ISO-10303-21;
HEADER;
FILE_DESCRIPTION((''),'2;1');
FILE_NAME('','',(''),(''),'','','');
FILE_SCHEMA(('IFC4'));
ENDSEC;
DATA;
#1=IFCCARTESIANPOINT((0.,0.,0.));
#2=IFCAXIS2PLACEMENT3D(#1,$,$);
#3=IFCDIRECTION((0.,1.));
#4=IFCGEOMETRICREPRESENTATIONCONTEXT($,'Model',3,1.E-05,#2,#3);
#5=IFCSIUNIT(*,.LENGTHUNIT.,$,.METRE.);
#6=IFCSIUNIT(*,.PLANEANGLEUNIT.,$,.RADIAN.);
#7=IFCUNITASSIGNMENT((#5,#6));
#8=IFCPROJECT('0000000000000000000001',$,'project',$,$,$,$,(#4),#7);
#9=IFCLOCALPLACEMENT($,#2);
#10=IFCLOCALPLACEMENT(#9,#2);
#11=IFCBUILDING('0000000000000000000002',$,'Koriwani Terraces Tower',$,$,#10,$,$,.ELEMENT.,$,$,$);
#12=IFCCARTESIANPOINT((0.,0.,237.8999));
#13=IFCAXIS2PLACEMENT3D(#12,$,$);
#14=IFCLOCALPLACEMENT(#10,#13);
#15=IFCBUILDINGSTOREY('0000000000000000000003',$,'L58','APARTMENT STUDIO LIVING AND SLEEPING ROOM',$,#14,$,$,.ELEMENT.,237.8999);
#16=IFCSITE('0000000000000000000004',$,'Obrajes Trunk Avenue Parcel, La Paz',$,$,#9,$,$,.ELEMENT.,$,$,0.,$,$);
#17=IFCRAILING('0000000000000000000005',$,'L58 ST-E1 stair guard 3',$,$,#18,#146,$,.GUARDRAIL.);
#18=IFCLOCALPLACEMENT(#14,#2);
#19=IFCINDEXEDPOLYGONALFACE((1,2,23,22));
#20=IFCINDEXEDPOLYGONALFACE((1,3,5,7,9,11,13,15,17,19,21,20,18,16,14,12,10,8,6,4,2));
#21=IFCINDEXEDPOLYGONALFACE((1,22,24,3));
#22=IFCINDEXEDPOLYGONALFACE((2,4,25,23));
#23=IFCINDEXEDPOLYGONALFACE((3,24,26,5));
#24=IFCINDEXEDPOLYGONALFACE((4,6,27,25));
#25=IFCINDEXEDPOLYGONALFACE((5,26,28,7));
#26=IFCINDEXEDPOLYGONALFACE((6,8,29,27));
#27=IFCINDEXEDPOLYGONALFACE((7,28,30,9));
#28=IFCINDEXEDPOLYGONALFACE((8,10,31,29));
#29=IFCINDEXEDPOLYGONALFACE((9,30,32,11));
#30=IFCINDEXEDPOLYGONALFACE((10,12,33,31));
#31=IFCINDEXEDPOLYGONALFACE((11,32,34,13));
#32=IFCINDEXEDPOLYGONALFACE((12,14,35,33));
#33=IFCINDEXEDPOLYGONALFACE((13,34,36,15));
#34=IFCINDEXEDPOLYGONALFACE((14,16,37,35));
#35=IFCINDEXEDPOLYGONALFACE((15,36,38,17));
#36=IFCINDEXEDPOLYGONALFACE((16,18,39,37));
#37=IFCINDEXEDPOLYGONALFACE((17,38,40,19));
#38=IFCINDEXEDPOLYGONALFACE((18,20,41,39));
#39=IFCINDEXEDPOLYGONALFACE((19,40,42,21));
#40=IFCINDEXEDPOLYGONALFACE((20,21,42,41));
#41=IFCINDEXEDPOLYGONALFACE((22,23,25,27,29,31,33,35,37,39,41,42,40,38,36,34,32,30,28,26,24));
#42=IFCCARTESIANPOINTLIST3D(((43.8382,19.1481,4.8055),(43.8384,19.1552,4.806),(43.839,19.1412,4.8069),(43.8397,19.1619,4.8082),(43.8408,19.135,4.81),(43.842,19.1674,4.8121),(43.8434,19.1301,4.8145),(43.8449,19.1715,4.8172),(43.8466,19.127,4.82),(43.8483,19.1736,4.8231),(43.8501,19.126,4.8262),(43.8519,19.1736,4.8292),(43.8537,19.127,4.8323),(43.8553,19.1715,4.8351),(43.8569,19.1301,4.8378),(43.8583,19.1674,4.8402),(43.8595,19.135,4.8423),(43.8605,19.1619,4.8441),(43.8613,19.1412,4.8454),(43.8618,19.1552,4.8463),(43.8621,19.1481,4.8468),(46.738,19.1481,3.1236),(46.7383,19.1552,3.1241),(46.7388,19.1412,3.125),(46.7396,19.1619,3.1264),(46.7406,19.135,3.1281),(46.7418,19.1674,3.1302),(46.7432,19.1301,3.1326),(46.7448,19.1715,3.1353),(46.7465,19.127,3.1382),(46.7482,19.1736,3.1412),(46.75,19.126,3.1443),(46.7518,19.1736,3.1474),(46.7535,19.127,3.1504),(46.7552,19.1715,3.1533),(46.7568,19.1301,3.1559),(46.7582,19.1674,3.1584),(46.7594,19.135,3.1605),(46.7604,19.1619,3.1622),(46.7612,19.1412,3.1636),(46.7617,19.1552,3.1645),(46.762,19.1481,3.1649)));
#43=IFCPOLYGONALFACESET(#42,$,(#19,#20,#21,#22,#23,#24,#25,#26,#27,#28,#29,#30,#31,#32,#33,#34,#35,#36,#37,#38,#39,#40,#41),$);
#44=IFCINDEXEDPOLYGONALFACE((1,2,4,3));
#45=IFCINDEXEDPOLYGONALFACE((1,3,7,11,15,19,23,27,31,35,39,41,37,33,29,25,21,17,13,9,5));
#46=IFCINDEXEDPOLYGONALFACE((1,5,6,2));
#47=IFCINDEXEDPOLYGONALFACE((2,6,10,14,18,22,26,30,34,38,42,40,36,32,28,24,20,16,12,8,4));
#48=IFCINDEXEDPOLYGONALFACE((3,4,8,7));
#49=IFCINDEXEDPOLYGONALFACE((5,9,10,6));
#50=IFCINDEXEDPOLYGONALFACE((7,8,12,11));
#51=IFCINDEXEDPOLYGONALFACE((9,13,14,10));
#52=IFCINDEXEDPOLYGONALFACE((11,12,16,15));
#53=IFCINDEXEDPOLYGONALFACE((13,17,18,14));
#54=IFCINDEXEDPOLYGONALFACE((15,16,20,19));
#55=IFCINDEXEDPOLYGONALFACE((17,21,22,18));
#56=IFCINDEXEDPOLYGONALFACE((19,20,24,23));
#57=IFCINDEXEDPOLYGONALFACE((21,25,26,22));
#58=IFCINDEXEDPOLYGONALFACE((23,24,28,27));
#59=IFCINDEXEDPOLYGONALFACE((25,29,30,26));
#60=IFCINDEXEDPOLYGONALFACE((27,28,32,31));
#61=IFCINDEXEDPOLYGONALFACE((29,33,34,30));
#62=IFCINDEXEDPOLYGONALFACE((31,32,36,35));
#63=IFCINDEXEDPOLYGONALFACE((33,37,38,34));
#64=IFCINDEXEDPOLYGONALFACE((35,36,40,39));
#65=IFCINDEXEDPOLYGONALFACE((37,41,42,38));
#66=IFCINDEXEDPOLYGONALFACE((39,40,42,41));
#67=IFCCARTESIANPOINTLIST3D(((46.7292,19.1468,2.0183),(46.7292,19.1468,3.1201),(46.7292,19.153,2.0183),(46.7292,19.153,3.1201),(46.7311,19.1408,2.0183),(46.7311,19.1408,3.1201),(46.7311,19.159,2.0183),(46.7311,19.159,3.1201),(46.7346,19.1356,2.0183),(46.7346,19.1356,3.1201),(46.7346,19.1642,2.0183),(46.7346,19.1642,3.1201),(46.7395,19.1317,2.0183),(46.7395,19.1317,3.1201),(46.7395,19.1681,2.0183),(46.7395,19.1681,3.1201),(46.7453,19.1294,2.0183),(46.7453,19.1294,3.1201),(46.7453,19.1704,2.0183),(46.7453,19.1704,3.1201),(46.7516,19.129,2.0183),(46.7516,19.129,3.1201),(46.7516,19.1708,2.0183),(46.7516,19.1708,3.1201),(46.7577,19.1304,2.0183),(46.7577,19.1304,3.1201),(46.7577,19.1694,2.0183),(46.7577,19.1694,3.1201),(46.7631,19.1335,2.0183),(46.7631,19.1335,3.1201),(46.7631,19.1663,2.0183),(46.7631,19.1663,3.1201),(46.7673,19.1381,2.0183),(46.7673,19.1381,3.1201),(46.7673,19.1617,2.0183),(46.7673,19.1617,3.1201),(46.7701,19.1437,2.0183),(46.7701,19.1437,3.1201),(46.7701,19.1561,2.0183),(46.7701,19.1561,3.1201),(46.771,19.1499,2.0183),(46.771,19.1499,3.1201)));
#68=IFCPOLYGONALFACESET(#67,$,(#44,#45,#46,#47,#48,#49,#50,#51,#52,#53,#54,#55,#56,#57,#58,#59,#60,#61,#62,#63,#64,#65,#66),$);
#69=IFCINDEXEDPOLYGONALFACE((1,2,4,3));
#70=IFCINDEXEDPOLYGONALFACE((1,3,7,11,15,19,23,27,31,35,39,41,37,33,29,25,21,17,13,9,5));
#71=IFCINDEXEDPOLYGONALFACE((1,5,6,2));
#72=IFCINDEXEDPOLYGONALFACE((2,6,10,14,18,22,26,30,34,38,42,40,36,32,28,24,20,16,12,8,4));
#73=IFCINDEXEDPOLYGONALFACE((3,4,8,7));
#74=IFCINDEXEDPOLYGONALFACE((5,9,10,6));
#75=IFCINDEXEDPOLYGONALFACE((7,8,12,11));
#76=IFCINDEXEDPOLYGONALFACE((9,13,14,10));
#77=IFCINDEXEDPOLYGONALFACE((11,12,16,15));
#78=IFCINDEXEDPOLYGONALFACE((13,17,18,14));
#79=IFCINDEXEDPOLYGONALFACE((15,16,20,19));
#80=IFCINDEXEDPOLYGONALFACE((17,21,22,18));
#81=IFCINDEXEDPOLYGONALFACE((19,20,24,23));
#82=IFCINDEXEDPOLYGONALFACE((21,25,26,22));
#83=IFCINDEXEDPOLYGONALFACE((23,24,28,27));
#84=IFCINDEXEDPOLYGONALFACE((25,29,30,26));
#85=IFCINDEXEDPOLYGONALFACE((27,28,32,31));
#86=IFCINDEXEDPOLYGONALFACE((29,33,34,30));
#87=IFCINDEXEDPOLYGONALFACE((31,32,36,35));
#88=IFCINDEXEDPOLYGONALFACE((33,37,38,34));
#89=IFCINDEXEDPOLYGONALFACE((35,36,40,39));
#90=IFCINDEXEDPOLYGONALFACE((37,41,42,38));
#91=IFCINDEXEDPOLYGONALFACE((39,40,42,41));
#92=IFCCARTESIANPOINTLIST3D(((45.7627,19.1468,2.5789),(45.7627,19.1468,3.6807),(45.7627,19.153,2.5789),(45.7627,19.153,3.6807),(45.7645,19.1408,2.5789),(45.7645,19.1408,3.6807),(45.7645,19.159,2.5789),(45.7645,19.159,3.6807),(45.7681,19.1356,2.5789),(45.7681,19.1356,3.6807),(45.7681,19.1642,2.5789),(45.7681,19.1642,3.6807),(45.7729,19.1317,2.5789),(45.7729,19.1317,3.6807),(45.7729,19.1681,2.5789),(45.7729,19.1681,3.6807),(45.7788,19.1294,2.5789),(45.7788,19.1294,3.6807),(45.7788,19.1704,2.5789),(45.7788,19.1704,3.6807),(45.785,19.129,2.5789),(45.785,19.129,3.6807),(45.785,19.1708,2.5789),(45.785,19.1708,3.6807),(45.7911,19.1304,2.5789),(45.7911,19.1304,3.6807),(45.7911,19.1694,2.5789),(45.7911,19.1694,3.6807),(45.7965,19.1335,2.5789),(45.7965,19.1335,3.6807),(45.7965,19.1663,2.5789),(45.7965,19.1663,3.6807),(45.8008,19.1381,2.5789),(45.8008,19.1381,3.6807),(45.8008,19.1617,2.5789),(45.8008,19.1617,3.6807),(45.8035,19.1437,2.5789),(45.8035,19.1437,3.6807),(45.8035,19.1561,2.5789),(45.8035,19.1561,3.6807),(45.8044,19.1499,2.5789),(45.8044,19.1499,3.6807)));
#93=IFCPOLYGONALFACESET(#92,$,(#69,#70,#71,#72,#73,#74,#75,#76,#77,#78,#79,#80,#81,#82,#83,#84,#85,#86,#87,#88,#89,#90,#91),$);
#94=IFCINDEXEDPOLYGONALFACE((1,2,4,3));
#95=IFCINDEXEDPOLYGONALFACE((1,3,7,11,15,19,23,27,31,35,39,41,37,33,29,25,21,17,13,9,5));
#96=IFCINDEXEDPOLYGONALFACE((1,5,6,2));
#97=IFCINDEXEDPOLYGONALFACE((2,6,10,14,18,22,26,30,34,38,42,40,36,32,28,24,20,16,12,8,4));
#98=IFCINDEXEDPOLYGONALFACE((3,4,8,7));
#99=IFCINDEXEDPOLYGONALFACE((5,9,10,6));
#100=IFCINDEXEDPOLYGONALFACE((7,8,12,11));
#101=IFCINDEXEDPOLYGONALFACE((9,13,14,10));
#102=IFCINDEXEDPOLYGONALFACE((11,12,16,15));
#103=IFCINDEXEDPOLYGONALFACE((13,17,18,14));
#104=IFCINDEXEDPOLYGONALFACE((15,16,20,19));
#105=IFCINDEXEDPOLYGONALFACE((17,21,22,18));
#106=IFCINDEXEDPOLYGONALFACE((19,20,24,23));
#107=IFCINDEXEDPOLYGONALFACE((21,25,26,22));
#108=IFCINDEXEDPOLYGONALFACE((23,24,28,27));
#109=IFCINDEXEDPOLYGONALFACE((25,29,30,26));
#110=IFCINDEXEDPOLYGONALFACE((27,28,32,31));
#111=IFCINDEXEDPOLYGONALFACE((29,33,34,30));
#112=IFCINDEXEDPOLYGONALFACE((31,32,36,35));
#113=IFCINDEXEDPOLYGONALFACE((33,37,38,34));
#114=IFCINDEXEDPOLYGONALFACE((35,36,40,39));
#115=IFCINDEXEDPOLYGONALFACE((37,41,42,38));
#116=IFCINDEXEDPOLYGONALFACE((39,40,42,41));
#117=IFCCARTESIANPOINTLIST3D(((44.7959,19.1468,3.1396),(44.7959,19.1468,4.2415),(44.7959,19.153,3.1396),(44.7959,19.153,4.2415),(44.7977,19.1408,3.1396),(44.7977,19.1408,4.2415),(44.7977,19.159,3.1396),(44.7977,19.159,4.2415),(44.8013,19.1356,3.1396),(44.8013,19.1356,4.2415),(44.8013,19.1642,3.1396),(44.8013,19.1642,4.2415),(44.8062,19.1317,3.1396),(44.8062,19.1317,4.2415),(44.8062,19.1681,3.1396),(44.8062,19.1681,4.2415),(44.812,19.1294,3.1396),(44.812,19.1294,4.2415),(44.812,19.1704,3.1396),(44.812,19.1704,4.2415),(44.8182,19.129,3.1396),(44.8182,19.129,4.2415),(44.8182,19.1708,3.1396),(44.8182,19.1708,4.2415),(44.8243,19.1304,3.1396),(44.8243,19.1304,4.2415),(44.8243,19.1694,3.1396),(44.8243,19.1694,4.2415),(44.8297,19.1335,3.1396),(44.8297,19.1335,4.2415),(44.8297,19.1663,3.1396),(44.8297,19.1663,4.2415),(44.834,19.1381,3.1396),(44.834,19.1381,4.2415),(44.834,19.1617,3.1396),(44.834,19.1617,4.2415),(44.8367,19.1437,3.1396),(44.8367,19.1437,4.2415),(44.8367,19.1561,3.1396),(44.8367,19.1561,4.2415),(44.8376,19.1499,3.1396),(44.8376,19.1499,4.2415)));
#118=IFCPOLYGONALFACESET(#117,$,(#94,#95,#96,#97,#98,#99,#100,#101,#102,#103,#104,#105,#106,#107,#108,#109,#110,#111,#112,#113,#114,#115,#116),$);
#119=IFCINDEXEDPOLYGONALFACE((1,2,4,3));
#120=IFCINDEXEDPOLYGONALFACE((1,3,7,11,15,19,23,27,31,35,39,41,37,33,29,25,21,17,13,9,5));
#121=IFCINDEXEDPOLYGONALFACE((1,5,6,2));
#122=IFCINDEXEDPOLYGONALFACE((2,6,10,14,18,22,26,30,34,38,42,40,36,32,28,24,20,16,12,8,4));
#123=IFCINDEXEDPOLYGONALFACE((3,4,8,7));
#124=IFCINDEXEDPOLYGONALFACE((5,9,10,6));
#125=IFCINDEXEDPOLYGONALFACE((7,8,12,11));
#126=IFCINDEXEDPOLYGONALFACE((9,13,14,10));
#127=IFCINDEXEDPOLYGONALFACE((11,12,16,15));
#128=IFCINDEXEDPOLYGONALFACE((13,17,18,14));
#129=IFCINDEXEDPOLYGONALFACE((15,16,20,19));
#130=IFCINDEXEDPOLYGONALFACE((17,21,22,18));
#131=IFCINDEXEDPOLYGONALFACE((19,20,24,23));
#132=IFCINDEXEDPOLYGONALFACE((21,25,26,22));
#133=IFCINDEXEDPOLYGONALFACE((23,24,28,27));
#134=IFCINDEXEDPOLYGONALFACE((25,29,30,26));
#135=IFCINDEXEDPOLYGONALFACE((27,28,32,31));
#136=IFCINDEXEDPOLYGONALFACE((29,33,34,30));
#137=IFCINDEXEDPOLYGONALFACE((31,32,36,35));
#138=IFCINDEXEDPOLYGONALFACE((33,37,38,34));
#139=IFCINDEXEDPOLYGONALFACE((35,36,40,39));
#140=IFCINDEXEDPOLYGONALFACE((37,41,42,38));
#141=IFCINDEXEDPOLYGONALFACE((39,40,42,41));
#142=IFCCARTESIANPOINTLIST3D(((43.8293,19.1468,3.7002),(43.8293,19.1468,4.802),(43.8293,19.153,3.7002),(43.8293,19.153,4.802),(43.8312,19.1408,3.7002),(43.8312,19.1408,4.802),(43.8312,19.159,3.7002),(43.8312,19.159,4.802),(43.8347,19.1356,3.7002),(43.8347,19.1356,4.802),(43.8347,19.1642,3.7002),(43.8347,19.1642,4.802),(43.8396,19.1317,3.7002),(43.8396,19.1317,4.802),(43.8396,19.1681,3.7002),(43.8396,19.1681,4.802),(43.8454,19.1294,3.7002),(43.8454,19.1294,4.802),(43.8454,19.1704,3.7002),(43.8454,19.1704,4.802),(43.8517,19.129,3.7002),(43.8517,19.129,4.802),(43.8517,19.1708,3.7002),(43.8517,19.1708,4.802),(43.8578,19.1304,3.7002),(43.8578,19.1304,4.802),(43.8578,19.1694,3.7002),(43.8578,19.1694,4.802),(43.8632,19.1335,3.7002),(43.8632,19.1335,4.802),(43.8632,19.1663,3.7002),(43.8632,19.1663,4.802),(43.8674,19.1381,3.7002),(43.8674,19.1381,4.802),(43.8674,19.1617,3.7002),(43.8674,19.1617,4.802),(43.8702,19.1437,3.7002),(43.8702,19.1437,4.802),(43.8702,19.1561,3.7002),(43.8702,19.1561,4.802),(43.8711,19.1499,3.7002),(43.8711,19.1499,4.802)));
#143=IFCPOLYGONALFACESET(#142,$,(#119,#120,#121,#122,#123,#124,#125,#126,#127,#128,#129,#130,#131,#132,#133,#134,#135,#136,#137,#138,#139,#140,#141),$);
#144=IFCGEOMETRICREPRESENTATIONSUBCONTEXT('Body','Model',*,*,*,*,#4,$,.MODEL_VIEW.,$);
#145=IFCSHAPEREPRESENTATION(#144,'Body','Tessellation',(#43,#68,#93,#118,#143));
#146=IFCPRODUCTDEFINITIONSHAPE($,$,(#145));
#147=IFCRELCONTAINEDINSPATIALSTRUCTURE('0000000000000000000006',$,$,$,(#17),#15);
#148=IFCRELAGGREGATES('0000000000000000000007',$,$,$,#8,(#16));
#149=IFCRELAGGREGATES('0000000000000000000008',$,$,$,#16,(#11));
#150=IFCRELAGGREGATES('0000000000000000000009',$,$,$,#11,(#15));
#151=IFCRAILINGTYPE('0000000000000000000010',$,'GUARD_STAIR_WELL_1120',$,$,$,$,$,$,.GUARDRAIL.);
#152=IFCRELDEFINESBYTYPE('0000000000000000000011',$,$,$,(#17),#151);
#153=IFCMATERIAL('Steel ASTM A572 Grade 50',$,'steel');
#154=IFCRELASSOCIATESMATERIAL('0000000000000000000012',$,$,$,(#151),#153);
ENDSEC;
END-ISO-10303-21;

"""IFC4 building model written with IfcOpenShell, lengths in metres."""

from ifc_helpers import new_model, si_unit, direction, frame, origin, origin_2d, place, context, subcontext, project, spatial, circle, extrude, material, type_object, element, save


model = new_model("IFC4")

# Units and contexts
model_context = context("Model", 3, precision=1e-05, world=origin(), true_north=direction((0.0, 1.0)))
body_context = subcontext(model_context, "Body", "Model", "MODEL_VIEW")
ifc_project = project(units=[si_unit("LENGTHUNIT", "METRE"), si_unit("PLANEANGLEUNIT", "RADIAN")], contexts=[model_context])

# Site, building, storey
site_placement = place(None, origin())
site = spatial("IfcSite", under=ifc_project, at=site_placement, Name="Obrajes Trunk Avenue Parcel, La Paz", CompositionType="ELEMENT", RefElevation=0.0)
building_placement = place(site_placement, origin())
building = spatial("IfcBuilding", under=site, at=building_placement, Name="Koriwani Terraces Tower", CompositionType="ELEMENT")
storey_placement = place(building_placement, frame((0.0, 0.0, 237.8999)))
storey = spatial("IfcBuildingStorey", under=building, at=storey_placement, Name="L58", Description="APARTMENT STUDIO LIVING AND SLEEPING ROOM", CompositionType="ELEMENT", Elevation=237.8999)

# Shared definitions
ifc_material_1 = material(Name="Steel ASTM A572 Grade 50", Category="steel")

# Railing
railing_type_1 = type_object("IfcRailingType", Name="GUARD_STAIR_WELL_1120", PredefinedType="GUARDRAIL", material=ifc_material_1)
railing_1_placement = place(storey_placement, frame((46.75, 19.1499, 2.0183)))
element("IfcRailing", 1, at=railing_1_placement, inside=storey, type_object=railing_type_1, Name="L58 ST-E1 stair guard 3", PredefinedType="GUARDRAIL", context=body_context, shape_type="SweptSolid", body=[
    extrude(circle(Radius=0.0239, at=origin_2d()), frame((0.0, 0.0, 1.126), z_axis=(-0.865039, 0.0, 0.501705), x_axis=(0.0, -1.0, 0.0)), (0.0, 0.0, 1.0), 3.3523),
    extrude(circle(Radius=0.021, at=origin_2d()), origin(), (0.0, 0.0, 1.0), 1.1018),
    extrude(circle(Radius=0.021, at=origin_2d()), frame((-0.9666, 0.0, 0.5605)), (0.0, 0.0, 1.0), 1.1018),
    extrude(circle(Radius=0.021, at=origin_2d()), frame((-1.9333, 0.0, 1.1213)), (0.0, 0.0, 1.0), 1.1018),
    extrude(circle(Radius=0.021, at=origin_2d()), frame((-2.8999, 0.0, 1.6819)), (0.0, 0.0, 1.0), 1.1018),
])

save(model, "model.ifc")
